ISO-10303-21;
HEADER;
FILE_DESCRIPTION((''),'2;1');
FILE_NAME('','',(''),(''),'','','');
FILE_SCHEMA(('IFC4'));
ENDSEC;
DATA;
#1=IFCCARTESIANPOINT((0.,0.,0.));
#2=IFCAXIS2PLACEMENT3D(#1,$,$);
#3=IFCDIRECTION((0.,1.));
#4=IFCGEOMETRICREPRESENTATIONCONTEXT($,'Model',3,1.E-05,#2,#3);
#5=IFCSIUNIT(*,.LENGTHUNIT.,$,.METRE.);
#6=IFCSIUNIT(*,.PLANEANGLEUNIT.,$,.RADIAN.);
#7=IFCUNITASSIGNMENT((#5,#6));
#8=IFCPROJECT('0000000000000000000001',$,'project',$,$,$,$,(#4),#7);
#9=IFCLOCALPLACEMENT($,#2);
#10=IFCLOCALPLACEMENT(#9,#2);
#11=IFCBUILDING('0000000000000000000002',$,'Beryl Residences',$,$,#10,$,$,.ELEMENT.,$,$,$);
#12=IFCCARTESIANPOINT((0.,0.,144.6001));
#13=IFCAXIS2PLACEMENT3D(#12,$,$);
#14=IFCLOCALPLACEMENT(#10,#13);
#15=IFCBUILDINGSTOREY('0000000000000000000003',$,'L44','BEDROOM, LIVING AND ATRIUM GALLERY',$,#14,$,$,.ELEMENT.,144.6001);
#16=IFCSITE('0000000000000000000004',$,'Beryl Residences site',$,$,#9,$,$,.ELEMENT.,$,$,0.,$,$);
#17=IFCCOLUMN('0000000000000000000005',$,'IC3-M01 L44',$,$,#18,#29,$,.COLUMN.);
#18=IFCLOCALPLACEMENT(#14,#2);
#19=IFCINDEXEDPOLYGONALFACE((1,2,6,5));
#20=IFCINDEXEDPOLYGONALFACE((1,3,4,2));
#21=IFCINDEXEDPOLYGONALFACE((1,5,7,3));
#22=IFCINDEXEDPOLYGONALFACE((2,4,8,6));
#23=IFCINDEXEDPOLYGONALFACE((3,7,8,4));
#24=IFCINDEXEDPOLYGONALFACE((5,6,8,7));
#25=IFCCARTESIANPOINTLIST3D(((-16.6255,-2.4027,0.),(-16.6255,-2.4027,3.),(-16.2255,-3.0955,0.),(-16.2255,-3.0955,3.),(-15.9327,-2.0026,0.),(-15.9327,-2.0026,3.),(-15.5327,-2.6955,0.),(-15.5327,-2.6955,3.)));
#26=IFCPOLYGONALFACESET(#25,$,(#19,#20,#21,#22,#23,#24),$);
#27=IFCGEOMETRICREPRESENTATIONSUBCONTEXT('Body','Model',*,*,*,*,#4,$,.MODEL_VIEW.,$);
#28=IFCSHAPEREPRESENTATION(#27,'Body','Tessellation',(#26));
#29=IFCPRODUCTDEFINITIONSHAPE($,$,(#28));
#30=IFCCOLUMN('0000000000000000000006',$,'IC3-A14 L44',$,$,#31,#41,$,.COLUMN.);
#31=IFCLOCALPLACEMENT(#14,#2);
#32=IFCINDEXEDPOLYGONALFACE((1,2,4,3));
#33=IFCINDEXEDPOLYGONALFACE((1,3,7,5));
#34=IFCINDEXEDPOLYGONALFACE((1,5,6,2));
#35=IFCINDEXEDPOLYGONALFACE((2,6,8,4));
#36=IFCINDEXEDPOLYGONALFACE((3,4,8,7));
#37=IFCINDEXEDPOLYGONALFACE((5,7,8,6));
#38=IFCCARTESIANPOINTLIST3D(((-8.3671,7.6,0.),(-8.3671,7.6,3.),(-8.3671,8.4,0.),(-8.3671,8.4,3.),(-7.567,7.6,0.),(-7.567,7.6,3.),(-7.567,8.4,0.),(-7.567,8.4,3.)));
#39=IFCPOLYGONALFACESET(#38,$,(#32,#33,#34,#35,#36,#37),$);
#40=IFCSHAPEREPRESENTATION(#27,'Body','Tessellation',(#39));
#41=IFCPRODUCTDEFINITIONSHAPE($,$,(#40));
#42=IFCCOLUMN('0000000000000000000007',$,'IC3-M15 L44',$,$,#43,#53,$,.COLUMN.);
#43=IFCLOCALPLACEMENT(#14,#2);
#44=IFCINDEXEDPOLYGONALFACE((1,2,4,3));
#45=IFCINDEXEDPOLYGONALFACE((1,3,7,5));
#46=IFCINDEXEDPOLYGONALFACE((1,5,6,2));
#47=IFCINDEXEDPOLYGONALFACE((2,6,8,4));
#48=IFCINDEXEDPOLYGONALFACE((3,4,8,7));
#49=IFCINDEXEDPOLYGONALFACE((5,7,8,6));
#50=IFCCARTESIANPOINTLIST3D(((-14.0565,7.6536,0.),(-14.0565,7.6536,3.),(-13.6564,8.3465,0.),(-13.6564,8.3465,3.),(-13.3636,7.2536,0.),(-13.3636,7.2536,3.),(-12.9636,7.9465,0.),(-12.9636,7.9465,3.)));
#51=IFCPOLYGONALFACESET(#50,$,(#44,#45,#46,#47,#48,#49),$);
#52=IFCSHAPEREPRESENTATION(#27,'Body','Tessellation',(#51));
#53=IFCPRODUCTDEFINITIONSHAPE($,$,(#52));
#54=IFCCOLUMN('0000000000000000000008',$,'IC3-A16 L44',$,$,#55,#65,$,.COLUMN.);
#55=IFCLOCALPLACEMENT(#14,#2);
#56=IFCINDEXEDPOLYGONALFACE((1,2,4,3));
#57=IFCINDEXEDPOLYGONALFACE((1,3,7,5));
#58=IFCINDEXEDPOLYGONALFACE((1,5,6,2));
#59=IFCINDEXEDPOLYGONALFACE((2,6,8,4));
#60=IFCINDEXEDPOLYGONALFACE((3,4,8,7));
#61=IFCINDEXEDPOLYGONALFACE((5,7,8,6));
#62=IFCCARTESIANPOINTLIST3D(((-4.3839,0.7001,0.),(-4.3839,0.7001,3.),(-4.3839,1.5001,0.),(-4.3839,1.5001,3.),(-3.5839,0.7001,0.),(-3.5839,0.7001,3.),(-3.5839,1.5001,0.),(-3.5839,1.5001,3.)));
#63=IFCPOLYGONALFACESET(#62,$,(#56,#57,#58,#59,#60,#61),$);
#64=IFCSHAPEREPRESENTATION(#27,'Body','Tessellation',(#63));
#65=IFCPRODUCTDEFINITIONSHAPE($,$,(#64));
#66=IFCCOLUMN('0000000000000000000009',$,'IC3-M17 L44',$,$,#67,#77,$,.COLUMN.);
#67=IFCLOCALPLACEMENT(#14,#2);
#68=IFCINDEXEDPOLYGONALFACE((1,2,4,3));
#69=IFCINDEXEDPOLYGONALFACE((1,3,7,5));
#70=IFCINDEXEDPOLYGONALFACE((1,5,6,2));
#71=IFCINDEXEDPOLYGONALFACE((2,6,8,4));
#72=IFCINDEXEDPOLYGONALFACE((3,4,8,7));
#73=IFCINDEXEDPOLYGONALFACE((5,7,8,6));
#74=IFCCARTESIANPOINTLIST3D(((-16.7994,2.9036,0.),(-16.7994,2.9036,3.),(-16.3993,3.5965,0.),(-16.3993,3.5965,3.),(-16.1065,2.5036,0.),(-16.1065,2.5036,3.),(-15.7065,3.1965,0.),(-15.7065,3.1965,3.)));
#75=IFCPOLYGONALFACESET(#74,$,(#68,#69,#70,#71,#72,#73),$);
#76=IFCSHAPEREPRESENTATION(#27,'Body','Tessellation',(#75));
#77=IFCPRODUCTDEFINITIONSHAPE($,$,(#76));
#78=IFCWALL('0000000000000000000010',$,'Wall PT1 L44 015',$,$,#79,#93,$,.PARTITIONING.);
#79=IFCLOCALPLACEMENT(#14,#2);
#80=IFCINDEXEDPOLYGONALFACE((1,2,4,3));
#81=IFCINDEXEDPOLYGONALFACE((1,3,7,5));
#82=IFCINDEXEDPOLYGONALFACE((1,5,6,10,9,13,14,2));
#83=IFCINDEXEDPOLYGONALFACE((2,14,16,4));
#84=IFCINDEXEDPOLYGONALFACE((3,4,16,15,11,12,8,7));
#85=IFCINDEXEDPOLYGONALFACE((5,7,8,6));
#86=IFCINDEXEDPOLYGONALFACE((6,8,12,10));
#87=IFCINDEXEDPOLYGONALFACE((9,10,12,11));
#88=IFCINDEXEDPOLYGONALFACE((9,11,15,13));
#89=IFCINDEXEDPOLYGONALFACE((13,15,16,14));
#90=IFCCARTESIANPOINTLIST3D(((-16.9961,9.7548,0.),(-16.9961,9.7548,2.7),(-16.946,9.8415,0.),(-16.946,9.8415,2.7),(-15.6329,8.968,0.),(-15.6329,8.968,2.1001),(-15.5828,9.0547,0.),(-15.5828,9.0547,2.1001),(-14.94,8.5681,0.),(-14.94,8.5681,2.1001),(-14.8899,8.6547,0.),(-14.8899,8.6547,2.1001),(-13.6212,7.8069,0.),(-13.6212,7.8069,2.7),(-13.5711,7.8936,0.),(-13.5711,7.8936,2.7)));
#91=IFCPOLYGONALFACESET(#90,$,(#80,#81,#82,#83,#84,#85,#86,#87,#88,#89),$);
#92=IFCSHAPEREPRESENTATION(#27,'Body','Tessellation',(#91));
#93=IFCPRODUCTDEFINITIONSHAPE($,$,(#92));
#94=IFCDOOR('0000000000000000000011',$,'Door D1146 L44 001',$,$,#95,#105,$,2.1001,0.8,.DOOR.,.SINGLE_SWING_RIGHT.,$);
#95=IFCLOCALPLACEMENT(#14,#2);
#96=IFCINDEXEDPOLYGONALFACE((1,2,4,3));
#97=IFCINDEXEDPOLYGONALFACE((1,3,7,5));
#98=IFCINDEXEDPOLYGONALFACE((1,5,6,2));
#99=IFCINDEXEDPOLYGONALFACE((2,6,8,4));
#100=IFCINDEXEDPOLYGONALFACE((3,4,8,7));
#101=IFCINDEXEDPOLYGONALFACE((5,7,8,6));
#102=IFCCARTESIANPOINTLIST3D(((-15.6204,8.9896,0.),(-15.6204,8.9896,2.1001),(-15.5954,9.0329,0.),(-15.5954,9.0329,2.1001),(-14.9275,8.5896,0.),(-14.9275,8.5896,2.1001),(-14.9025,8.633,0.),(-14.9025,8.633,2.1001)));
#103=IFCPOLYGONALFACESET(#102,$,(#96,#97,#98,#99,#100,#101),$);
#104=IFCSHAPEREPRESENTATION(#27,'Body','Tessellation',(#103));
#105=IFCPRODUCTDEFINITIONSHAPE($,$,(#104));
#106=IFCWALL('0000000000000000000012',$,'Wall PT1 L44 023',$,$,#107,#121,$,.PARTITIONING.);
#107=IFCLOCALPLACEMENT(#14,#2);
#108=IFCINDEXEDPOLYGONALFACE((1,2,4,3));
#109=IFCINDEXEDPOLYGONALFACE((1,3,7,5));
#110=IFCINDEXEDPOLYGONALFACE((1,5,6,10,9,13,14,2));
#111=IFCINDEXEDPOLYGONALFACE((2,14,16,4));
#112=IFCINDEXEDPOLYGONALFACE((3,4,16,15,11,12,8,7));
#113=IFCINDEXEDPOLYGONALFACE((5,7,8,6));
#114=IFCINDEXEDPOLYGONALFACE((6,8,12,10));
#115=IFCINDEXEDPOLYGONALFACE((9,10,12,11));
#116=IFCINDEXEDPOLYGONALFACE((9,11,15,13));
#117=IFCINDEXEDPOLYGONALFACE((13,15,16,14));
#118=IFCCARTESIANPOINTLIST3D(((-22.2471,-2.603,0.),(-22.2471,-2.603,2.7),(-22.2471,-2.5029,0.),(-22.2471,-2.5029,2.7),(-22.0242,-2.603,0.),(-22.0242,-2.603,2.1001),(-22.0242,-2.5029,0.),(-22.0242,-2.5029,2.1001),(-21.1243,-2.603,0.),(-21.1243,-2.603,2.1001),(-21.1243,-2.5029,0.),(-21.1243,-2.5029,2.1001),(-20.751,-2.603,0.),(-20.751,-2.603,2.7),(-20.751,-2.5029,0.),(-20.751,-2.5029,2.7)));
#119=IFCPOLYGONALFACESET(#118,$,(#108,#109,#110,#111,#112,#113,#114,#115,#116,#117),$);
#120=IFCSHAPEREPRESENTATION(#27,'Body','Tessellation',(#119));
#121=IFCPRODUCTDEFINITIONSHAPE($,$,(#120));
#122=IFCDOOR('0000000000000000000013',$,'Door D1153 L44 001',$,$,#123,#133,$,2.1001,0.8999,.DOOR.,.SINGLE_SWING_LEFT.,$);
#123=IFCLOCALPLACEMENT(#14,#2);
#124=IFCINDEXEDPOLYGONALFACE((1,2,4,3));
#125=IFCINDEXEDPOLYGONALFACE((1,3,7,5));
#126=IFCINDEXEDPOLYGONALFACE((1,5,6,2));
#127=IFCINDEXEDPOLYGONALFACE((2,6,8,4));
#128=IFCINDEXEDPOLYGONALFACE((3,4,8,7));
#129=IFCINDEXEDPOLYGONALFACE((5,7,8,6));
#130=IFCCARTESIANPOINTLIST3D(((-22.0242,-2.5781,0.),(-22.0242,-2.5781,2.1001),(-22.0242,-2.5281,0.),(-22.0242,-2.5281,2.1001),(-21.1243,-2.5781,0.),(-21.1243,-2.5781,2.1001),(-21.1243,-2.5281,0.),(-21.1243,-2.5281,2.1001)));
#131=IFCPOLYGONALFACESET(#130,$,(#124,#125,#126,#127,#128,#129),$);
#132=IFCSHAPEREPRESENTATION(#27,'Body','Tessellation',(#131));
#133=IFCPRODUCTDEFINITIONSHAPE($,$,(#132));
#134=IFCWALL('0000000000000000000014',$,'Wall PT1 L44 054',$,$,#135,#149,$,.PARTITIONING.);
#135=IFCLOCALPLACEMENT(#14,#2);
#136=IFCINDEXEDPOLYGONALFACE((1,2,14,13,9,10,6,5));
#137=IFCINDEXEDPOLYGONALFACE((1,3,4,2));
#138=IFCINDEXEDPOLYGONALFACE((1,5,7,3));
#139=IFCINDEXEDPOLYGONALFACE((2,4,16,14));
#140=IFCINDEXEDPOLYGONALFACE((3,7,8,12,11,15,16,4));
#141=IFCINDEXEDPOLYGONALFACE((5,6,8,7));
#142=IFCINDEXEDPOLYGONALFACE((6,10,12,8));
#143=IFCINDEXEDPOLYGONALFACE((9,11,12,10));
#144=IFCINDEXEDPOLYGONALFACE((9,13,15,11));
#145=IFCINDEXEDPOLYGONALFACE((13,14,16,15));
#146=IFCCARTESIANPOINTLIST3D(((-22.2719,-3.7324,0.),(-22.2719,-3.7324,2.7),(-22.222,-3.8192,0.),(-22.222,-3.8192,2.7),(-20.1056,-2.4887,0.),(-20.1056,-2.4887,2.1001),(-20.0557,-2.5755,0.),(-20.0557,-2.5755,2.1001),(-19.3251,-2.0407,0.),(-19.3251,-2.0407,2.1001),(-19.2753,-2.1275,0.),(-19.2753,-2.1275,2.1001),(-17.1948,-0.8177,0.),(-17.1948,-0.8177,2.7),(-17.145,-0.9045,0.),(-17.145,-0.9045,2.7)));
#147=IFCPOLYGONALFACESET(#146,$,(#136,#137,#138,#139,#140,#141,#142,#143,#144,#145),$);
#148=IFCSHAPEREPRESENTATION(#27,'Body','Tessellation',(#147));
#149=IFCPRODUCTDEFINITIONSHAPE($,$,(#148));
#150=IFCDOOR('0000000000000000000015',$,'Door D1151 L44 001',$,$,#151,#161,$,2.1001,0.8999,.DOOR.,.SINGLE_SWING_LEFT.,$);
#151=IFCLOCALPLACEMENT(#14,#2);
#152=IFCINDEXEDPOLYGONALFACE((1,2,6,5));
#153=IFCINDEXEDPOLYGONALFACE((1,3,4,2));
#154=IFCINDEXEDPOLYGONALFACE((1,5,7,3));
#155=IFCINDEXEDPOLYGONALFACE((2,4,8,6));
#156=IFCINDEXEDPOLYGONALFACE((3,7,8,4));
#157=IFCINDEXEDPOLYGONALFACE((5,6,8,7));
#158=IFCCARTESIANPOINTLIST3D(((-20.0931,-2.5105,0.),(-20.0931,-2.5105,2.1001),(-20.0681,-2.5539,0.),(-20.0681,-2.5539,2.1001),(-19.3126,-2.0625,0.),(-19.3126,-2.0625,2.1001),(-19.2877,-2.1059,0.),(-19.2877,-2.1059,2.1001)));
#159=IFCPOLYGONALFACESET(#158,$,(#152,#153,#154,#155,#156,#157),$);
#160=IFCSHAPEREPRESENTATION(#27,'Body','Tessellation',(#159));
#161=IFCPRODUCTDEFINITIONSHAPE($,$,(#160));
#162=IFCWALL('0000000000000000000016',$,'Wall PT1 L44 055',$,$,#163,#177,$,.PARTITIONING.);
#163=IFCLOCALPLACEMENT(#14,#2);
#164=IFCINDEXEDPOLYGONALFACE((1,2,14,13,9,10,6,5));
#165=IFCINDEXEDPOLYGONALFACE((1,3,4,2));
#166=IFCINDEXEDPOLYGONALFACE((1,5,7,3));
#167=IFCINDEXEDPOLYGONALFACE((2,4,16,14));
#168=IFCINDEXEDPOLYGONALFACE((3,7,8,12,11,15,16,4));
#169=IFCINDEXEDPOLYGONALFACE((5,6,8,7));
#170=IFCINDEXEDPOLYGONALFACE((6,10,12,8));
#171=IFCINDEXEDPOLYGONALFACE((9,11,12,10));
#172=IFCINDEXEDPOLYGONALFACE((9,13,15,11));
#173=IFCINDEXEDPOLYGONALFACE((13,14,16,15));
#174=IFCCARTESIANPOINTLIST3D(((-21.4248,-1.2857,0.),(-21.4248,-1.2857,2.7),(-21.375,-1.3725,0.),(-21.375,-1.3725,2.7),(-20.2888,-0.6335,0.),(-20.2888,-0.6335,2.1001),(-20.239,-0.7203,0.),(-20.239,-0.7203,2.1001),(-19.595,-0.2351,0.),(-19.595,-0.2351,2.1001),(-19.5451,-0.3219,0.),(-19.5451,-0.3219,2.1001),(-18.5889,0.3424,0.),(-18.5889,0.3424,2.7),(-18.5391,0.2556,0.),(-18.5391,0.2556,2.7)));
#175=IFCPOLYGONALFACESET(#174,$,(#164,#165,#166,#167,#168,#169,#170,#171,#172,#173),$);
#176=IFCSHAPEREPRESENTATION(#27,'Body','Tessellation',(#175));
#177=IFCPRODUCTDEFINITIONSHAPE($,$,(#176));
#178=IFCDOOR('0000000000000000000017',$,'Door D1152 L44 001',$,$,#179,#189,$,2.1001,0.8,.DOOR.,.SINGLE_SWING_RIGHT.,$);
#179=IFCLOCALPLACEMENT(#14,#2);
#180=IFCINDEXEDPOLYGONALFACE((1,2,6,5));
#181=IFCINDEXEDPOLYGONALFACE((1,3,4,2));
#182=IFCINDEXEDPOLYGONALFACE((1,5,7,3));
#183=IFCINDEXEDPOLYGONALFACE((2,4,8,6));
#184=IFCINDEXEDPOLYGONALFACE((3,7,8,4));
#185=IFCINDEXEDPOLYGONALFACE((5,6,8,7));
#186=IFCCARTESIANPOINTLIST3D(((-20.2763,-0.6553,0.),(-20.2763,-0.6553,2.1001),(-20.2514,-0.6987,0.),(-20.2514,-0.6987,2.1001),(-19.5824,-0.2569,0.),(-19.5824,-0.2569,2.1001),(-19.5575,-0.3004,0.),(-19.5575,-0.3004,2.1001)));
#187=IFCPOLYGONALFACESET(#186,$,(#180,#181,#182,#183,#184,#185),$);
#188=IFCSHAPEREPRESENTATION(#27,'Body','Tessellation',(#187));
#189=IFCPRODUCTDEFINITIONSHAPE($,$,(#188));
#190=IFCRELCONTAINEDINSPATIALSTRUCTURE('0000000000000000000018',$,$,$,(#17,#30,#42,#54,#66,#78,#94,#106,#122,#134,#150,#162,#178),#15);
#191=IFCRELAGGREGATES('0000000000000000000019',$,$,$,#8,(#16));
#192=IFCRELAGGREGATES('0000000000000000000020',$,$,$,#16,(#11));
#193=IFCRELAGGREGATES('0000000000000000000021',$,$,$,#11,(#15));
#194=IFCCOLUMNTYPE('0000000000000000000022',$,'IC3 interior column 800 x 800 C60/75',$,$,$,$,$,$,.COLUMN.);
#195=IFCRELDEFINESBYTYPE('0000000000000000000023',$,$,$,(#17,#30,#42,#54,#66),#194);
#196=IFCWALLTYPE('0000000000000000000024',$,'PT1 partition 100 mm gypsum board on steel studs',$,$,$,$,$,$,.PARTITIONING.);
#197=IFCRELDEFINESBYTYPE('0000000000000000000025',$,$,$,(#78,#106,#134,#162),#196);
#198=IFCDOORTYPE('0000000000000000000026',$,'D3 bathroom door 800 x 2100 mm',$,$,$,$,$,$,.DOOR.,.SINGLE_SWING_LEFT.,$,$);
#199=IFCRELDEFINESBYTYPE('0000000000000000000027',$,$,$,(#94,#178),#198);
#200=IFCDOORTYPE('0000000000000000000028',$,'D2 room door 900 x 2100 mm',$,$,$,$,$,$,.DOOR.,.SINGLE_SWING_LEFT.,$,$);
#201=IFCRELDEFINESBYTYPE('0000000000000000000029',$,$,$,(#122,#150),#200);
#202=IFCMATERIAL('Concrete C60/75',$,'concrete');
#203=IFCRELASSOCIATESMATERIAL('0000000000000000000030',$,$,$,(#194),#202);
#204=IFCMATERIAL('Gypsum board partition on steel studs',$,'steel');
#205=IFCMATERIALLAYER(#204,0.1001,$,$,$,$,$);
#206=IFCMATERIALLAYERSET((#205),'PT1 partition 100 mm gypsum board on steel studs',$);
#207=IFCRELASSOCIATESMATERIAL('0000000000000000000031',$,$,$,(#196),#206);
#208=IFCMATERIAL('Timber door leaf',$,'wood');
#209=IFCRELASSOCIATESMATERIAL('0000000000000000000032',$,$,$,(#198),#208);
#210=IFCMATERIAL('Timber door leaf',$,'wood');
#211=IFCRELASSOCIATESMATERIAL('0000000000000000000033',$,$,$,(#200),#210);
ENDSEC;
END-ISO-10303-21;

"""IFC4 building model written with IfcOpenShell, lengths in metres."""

from ifc_helpers import new_model, si_unit, direction, frame, frame_2d, origin, origin_2d, place, context, subcontext, project, spatial, rectangle, extrude, material, layer, layer_set, material_profile, profile_set, type_object, element, fill, save


model = new_model("IFC4")

# Units and contexts
model_context = context("Model", 3, precision=1e-05, world=origin(), true_north=direction((0.0, 1.0)))
body_context = subcontext(model_context, "Body", "Model", "MODEL_VIEW")
ifc_project = project(units=[si_unit("LENGTHUNIT", "METRE"), si_unit("PLANEANGLEUNIT", "RADIAN")], contexts=[model_context])

# Site, building, storey
site_placement = place(None, origin())
site = spatial("IfcSite", under=ifc_project, at=site_placement, Name="Beryl Residences site", CompositionType="ELEMENT", RefElevation=0.0)
building_placement = place(site_placement, origin())
building = spatial("IfcBuilding", under=site, at=building_placement, Name="Beryl Residences", CompositionType="ELEMENT")
storey_placement = place(building_placement, frame((0.0, 0.0, 144.6001)))
storey = spatial("IfcBuildingStorey", under=building, at=storey_placement, Name="L44", Description="BEDROOM, LIVING AND ATRIUM GALLERY", CompositionType="ELEMENT", Elevation=144.6001)

# Columns
ifc_material_1 = material(Name="Concrete C60/75", Category="concrete")
ifc_material_profile = material_profile(ifc_material_1, rectangle(XDim=0.8, YDim=0.8, at=origin_2d()))
ifc_profile_set = profile_set([ifc_material_profile], Name="Concrete C60/75")
column_type = type_object("IfcColumnType", Name="IC3 interior column 800 x 800 C60/75", PredefinedType="COLUMN", material=ifc_profile_set)
for number, where, z_axis, x_axis, name in (
    (1, (-16.0791, -2.5491, 0.0), (0.0, 0.0, 1.0), (0.5, -0.866025, 0.0), "IC3-M01 L44"),
    (2, (-7.967, 8.0, 0.0), (0.0, 0.0, 1.0), (1.0, 0.0, 0.0), "IC3-A14 L44"),
    (3, (-13.51, 7.8, 0.0), (0.0, 0.0, 1.0), (-0.5, -0.866025, 0.0), "IC3-M15 L44"),
    (4, (-3.9839, 1.1001, 0.0), (0.0, 0.0, 1.0), (1.0, 0.0, 0.0), "IC3-A16 L44"),
    (5, (-16.2529, 3.05, 0.0), (0.0, 0.0, 1.0), (-0.5, -0.866025, 0.0), "IC3-M17 L44"),
):
    element("IfcColumn", number, at=place(storey_placement, frame(where, z_axis=z_axis, x_axis=x_axis)), inside=storey, type_object=column_type, Name=name, PredefinedType="COLUMN", context=body_context, shape_type="SweptSolid", body=[
        extrude(rectangle(XDim=0.8, YDim=0.8, at=origin_2d()), origin(), (0.0, 0.0, 1.0), 3.0),
    ])

# Walls, openings, doors
ifc_material_2 = material(Name="Gypsum board partition on steel studs", Category="steel")
ifc_layer_1 = layer(ifc_material_2, 0.1001)
ifc_layer_set_1 = layer_set([ifc_layer_1], Name="PT1 partition 100 mm gypsum board on steel studs")
wall_type_1 = type_object("IfcWallType", Name="PT1 partition 100 mm gypsum board on steel studs", PredefinedType="PARTITIONING", material=ifc_layer_set_1)
wall_1_placement = place(storey_placement, frame((-16.9709, 9.7981, 0.0), z_axis=(0.0, 0.0, 1.0), x_axis=(0.866088, -0.499892, 0.0)))
wall_1 = element("IfcWall", 6, at=wall_1_placement, inside=storey, type_object=wall_type_1, Name="Wall PT1 L44 015", PredefinedType="PARTITIONING", context=body_context, shape_type="SweptSolid", body=[
    extrude(rectangle(XDim=3.8967, YDim=0.1001, at=frame_2d((1.9482, 0.0))), origin(), (0.0, 0.0, 1.0), 2.7),
])
opening_1_placement = place(wall_1_placement, frame((1.574, 0.0, 0.0)))
opening_1 = element("IfcOpeningElement", 7, at=opening_1_placement, cuts=wall_1, PredefinedType="OPENING", context=body_context, shape_type="SweptSolid", body=[
    extrude(rectangle(XDim=0.8, YDim=2.1001, at=frame_2d((0.3999, 1.05))), frame((0.0, 0.0601, 0.0), z_axis=(0.0, -1.0, 0.0), x_axis=(1.0, 0.0, 0.0)), (0.0, 0.0, 1.0), 0.1201),
])
ifc_material_3 = material(Name="Timber door leaf", Category="wood")
door_type_1 = type_object("IfcDoorType", Name="D3 bathroom door 800 x 2100 mm", OperationType="SINGLE_SWING_LEFT", PredefinedType="DOOR", material=ifc_material_3)
door_1_placement = place(opening_1_placement, origin())
door_1 = element("IfcDoor", 8, at=door_1_placement, inside=storey, type_object=door_type_1, Name="Door D1146 L44 001", OperationType="SINGLE_SWING_RIGHT", OverallHeight=2.1001, OverallWidth=0.8, PredefinedType="DOOR", context=body_context, shape_type="SweptSolid", body=[
    extrude(rectangle(XDim=0.8, YDim=2.1001, at=frame_2d((0.3999, 1.05))), frame((0.0, 0.0249, 0.0), z_axis=(0.0, -1.0, 0.0), x_axis=(1.0, 0.0, 0.0)), (0.0, 0.0, 1.0), 0.05),
])
fill(opening_1, door_1)
wall_2_placement = place(storey_placement, frame((-22.2471, -2.553, 0.0), z_axis=(0.0, 0.0, 1.0), x_axis=(1.0, 0.0, 0.0)))
wall_2 = element("IfcWall", 9, at=wall_2_placement, inside=storey, type_object=wall_type_1, Name="Wall PT1 L44 023", PredefinedType="PARTITIONING", context=body_context, shape_type="SweptSolid", body=[
    extrude(rectangle(XDim=1.4961, YDim=0.1001, at=frame_2d((0.748, 0.0))), origin(), (0.0, 0.0, 1.0), 2.7),
])
opening_2_placement = place(wall_2_placement, frame((0.2229, 0.0, 0.0)))
opening_2 = element("IfcOpeningElement", 10, at=opening_2_placement, cuts=wall_2, PredefinedType="OPENING", context=body_context, shape_type="SweptSolid", body=[
    extrude(rectangle(XDim=0.8999, YDim=2.1001, at=frame_2d((0.45, 1.05))), frame((0.0, 0.0601, 0.0), z_axis=(0.0, -1.0, 0.0), x_axis=(1.0, 0.0, 0.0)), (0.0, 0.0, 1.0), 0.1201),
])
ifc_material_4 = material(Name="Timber door leaf", Category="wood")
door_type_2 = type_object("IfcDoorType", Name="D2 room door 900 x 2100 mm", OperationType="SINGLE_SWING_LEFT", PredefinedType="DOOR", material=ifc_material_4)
door_2_placement = place(opening_2_placement, origin())
door_2 = element("IfcDoor", 11, at=door_2_placement, inside=storey, type_object=door_type_2, Name="Door D1153 L44 001", OperationType="SINGLE_SWING_LEFT", OverallHeight=2.1001, OverallWidth=0.8999, PredefinedType="DOOR", context=body_context, shape_type="SweptSolid", body=[
    extrude(rectangle(XDim=0.8999, YDim=2.1001, at=frame_2d((0.45, 1.05))), frame((0.0, 0.0249, 0.0), z_axis=(0.0, -1.0, 0.0), x_axis=(1.0, 0.0, 0.0)), (0.0, 0.0, 1.0), 0.05),
])
fill(opening_2, door_2)
wall_3_placement = place(storey_placement, frame((-22.2471, -3.7759, 0.0), z_axis=(0.0, 0.0, 1.0), x_axis=(0.867243, 0.497885, 0.0)))
wall_3 = element("IfcWall", 12, at=wall_3_placement, inside=storey, type_object=wall_type_1, Name="Wall PT1 L44 054", PredefinedType="PARTITIONING", context=body_context, shape_type="SweptSolid", body=[
    extrude(rectangle(XDim=5.8542, YDim=0.1001, at=frame_2d((2.9272, 0.0))), origin(), (0.0, 0.0, 1.0), 2.7),
])
opening_3_placement = place(wall_3_placement, frame((2.498, 0.0, 0.0)))
opening_3 = element("IfcOpeningElement", 13, at=opening_3_placement, cuts=wall_3, PredefinedType="OPENING", context=body_context, shape_type="SweptSolid", body=[
    extrude(rectangle(XDim=0.8999, YDim=2.1001, at=frame_2d((0.45, 1.05))), frame((0.0, 0.0601, 0.0), z_axis=(0.0, -1.0, 0.0), x_axis=(1.0, 0.0, 0.0)), (0.0, 0.0, 1.0), 0.1201),
])
door_3_placement = place(opening_3_placement, origin())
door_3 = element("IfcDoor", 14, at=door_3_placement, inside=storey, type_object=door_type_2, Name="Door D1151 L44 001", OperationType="SINGLE_SWING_LEFT", OverallHeight=2.1001, OverallWidth=0.8999, PredefinedType="DOOR", context=body_context, shape_type="SweptSolid", body=[
    extrude(rectangle(XDim=0.8999, YDim=2.1001, at=frame_2d((0.45, 1.05))), frame((0.0, 0.0249, 0.0), z_axis=(0.0, -1.0, 0.0), x_axis=(1.0, 0.0, 0.0)), (0.0, 0.0, 1.0), 0.05),
])
fill(opening_3, door_3)
wall_4_placement = place(storey_placement, frame((-21.3999, -1.3291, 0.0), z_axis=(0.0, 0.0, 1.0), x_axis=(0.867235, 0.497899, 0.0)))
wall_4 = element("IfcWall", 15, at=wall_4_placement, inside=storey, type_object=wall_type_1, Name="Wall PT1 L44 055", PredefinedType="PARTITIONING", context=body_context, shape_type="SweptSolid", body=[
    extrude(rectangle(XDim=3.27, YDim=0.1001, at=frame_2d((1.635, 0.0))), origin(), (0.0, 0.0, 1.0), 2.7),
])
opening_4_placement = place(wall_4_placement, frame((1.3101, 0.0, 0.0)))
opening_4 = element("IfcOpeningElement", 16, at=opening_4_placement, cuts=wall_4, PredefinedType="OPENING", context=body_context, shape_type="SweptSolid", body=[
    extrude(rectangle(XDim=0.8, YDim=2.1001, at=frame_2d((0.3999, 1.05))), frame((0.0, 0.0601, 0.0), z_axis=(0.0, -1.0, 0.0), x_axis=(1.0, 0.0, 0.0)), (0.0, 0.0, 1.0), 0.1201),
])
door_4_placement = place(opening_4_placement, origin())
door_4 = element("IfcDoor", 17, at=door_4_placement, inside=storey, type_object=door_type_1, Name="Door D1152 L44 001", OperationType="SINGLE_SWING_RIGHT", OverallHeight=2.1001, OverallWidth=0.8, PredefinedType="DOOR", context=body_context, shape_type="SweptSolid", body=[
    extrude(rectangle(XDim=0.8, YDim=2.1001, at=frame_2d((0.3999, 1.05))), frame((0.0, 0.0249, 0.0), z_axis=(0.0, -1.0, 0.0), x_axis=(1.0, 0.0, 0.0)), (0.0, 0.0, 1.0), 0.05),
])
fill(opening_4, door_4)

save(model, "model.ifc")
